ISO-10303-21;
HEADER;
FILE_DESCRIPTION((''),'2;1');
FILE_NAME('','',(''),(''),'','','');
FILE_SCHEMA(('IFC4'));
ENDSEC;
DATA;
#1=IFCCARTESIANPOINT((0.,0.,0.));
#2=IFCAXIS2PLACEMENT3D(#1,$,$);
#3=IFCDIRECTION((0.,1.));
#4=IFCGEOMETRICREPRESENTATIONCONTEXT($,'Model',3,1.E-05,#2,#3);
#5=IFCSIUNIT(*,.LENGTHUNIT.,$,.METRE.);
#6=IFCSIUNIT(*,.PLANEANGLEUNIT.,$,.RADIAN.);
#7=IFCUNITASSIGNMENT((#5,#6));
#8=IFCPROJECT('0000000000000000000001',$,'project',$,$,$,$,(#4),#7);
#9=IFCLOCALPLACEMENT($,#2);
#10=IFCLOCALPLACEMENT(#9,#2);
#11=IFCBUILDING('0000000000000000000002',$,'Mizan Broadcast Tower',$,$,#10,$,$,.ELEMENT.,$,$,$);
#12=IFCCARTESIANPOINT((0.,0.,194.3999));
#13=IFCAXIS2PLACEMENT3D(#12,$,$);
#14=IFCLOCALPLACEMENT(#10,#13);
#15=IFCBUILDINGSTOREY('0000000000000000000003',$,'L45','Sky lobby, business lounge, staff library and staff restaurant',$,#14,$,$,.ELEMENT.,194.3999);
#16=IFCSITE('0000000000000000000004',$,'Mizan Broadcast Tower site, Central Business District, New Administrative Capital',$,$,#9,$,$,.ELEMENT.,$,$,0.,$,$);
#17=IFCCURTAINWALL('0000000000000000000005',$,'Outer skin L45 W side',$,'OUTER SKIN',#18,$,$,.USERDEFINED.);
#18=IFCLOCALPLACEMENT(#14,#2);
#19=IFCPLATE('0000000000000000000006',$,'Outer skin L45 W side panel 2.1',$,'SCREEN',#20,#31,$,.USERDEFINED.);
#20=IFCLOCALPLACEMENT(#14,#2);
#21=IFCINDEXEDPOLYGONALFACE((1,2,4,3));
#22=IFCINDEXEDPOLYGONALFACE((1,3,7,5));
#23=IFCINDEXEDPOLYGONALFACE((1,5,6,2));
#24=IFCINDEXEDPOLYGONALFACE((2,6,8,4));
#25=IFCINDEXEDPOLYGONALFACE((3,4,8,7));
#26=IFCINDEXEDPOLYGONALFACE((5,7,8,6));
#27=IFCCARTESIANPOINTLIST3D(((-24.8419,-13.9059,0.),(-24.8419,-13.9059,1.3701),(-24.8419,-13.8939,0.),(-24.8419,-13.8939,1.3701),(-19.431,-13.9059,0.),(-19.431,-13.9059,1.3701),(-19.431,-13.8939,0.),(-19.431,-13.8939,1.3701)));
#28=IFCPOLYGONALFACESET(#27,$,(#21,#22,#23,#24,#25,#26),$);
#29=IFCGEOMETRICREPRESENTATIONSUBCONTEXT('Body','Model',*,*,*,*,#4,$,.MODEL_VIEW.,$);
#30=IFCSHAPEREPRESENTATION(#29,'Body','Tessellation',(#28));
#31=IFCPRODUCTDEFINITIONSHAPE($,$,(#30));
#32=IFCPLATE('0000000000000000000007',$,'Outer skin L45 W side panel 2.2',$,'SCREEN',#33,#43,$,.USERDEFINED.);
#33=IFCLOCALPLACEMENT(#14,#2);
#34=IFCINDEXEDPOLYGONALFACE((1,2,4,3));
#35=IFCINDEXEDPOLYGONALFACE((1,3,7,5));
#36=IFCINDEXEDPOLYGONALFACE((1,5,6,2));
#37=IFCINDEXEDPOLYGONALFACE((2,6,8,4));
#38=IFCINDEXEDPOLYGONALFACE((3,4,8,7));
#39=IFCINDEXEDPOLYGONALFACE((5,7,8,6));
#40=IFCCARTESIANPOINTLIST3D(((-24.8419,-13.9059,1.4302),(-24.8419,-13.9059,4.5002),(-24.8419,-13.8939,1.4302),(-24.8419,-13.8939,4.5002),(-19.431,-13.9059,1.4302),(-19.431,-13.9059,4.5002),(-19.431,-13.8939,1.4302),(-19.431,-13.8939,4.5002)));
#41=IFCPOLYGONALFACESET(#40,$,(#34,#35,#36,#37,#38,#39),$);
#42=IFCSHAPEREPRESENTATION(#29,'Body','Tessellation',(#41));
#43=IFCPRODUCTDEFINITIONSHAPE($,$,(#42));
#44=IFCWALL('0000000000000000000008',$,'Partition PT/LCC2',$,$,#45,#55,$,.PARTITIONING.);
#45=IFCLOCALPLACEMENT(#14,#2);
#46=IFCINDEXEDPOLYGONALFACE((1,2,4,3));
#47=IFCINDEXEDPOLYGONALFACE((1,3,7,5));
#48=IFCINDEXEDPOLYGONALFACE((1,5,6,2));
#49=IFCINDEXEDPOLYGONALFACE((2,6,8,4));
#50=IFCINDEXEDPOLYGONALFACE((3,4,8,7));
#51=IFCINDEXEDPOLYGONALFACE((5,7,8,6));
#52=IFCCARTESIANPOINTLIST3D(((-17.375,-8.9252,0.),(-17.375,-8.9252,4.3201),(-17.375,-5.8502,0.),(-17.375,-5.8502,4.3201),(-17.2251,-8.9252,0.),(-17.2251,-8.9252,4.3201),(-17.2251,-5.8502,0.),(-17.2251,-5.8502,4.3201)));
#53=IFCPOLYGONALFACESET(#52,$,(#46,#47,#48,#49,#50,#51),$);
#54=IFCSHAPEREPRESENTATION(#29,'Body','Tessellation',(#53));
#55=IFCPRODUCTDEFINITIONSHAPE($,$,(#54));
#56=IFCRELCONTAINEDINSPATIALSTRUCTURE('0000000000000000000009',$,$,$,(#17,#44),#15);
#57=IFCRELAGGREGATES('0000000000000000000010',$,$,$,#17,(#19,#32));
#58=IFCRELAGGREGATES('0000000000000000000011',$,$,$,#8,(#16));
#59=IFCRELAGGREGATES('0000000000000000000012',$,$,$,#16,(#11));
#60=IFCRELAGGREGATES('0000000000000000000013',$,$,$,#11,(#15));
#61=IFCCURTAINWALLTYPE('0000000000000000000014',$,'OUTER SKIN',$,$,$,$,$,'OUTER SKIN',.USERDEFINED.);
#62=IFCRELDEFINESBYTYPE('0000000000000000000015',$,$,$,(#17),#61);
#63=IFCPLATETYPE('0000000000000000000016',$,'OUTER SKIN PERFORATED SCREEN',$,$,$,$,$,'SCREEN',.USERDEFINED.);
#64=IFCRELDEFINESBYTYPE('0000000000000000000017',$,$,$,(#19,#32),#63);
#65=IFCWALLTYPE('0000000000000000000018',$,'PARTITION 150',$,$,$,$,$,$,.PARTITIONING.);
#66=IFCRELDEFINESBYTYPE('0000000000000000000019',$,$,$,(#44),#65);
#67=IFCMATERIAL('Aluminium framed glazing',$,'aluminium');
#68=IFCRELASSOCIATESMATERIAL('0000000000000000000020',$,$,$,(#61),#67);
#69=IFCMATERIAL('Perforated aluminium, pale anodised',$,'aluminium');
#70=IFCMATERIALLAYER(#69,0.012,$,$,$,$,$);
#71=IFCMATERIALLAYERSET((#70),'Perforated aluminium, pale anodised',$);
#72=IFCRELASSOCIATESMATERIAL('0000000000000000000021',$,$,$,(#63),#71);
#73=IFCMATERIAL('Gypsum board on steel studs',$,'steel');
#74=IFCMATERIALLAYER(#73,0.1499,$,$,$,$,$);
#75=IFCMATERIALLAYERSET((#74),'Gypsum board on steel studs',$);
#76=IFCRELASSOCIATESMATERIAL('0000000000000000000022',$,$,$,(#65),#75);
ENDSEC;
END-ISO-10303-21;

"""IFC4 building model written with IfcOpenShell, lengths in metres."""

from ifc_helpers import new_model, si_unit, direction, frame, frame_2d, origin, origin_2d, place, context, subcontext, project, spatial, rectangle, extrude, material, layer, layer_set, type_object, element, aggregate, save


model = new_model("IFC4")

# Units and contexts
model_context = context("Model", 3, precision=1e-05, world=origin(), true_north=direction((0.0, 1.0)))
body_context = subcontext(model_context, "Body", "Model", "MODEL_VIEW")
ifc_project = project(units=[si_unit("LENGTHUNIT", "METRE"), si_unit("PLANEANGLEUNIT", "RADIAN")], contexts=[model_context])

# Site, building, storey
site_placement = place(None, origin())
site = spatial("IfcSite", under=ifc_project, at=site_placement, Name="Mizan Broadcast Tower site, Central Business District, New Administrative Capital", CompositionType="ELEMENT", RefElevation=0.0)
building_placement = place(site_placement, origin())
building = spatial("IfcBuilding", under=site, at=building_placement, Name="Mizan Broadcast Tower", CompositionType="ELEMENT")
storey_placement = place(building_placement, frame((0.0, 0.0, 194.3999)))
storey = spatial("IfcBuildingStorey", under=building, at=storey_placement, Name="L45", Description="Sky lobby, business lounge, staff library and staff restaurant", CompositionType="ELEMENT", Elevation=194.3999)

# Curtain wall
ifc_material_1 = material(Name="Aluminium framed glazing", Category="aluminium")
curtain_wall_type_1 = type_object("IfcCurtainWallType", Name="OUTER SKIN", ElementType="OUTER SKIN", PredefinedType="USERDEFINED", material=ifc_material_1)
curtain_wall_1_placement = place(storey_placement, origin())
curtain_wall_1 = element("IfcCurtainWall", 1, at=curtain_wall_1_placement, inside=storey, type_object=curtain_wall_type_1, Name="Outer skin L45 W side", ObjectType="OUTER SKIN", PredefinedType="USERDEFINED")

# Plates
ifc_material_2 = material(Name="Perforated aluminium, pale anodised", Category="aluminium")
ifc_layer_1 = layer(ifc_material_2, 0.012)
ifc_layer_set_1 = layer_set([ifc_layer_1], Name="Perforated aluminium, pale anodised")
plate_type_1 = type_object("IfcPlateType", Name="OUTER SKIN PERFORATED SCREEN", ElementType="SCREEN", PredefinedType="USERDEFINED", material=ifc_layer_set_1)
plate_1_placement = place(storey_placement, frame((-22.1365, -13.8999, 0.0), z_axis=(0.0, 0.0, 1.0), x_axis=(1.0, 0.0, 0.0)))
plate_1 = element("IfcPlate", 2, at=plate_1_placement, type_object=plate_type_1, Name="Outer skin L45 W side panel 2.1", ObjectType="SCREEN", PredefinedType="USERDEFINED", context=body_context, shape_type="SweptSolid", body=[
    extrude(rectangle(XDim=5.4109, YDim=0.012, at=origin_2d()), origin(), (0.0, 0.0, 1.0), 1.3701),
])
plate_2_placement = place(storey_placement, frame((-22.1365, -13.8999, 1.4302), z_axis=(0.0, 0.0, 1.0), x_axis=(1.0, 0.0, 0.0)))
plate_2 = element("IfcPlate", 3, at=plate_2_placement, type_object=plate_type_1, Name="Outer skin L45 W side panel 2.2", ObjectType="SCREEN", PredefinedType="USERDEFINED", context=body_context, shape_type="SweptSolid", body=[
    extrude(rectangle(XDim=5.4109, YDim=0.012, at=origin_2d()), origin(), (0.0, 0.0, 1.0), 3.0701),
])
aggregate(curtain_wall_1, [plate_1, plate_2])

# Wall
ifc_material_3 = material(Name="Gypsum board on steel studs", Category="steel")
ifc_layer_2 = layer(ifc_material_3, 0.1499)
ifc_layer_set_2 = layer_set([ifc_layer_2], Name="Gypsum board on steel studs")
wall_type = type_object("IfcWallType", Name="PARTITION 150", PredefinedType="PARTITIONING", material=ifc_layer_set_2)
wall_placement = place(storey_placement, frame((-17.3, -5.8501, 0.0), z_axis=(0.0, 0.0, 1.0), x_axis=(0.0, -1.0, 0.0)))
element("IfcWall", 4, at=wall_placement, inside=storey, type_object=wall_type, Name="Partition PT/LCC2", PredefinedType="PARTITIONING", context=body_context, shape_type="SweptSolid", body=[
    extrude(rectangle(XDim=3.075, YDim=0.1499, at=frame_2d((1.5376, 0.0))), origin(), (0.0, 0.0, 1.0), 4.3201),
])

save(model, "model.ifc")
